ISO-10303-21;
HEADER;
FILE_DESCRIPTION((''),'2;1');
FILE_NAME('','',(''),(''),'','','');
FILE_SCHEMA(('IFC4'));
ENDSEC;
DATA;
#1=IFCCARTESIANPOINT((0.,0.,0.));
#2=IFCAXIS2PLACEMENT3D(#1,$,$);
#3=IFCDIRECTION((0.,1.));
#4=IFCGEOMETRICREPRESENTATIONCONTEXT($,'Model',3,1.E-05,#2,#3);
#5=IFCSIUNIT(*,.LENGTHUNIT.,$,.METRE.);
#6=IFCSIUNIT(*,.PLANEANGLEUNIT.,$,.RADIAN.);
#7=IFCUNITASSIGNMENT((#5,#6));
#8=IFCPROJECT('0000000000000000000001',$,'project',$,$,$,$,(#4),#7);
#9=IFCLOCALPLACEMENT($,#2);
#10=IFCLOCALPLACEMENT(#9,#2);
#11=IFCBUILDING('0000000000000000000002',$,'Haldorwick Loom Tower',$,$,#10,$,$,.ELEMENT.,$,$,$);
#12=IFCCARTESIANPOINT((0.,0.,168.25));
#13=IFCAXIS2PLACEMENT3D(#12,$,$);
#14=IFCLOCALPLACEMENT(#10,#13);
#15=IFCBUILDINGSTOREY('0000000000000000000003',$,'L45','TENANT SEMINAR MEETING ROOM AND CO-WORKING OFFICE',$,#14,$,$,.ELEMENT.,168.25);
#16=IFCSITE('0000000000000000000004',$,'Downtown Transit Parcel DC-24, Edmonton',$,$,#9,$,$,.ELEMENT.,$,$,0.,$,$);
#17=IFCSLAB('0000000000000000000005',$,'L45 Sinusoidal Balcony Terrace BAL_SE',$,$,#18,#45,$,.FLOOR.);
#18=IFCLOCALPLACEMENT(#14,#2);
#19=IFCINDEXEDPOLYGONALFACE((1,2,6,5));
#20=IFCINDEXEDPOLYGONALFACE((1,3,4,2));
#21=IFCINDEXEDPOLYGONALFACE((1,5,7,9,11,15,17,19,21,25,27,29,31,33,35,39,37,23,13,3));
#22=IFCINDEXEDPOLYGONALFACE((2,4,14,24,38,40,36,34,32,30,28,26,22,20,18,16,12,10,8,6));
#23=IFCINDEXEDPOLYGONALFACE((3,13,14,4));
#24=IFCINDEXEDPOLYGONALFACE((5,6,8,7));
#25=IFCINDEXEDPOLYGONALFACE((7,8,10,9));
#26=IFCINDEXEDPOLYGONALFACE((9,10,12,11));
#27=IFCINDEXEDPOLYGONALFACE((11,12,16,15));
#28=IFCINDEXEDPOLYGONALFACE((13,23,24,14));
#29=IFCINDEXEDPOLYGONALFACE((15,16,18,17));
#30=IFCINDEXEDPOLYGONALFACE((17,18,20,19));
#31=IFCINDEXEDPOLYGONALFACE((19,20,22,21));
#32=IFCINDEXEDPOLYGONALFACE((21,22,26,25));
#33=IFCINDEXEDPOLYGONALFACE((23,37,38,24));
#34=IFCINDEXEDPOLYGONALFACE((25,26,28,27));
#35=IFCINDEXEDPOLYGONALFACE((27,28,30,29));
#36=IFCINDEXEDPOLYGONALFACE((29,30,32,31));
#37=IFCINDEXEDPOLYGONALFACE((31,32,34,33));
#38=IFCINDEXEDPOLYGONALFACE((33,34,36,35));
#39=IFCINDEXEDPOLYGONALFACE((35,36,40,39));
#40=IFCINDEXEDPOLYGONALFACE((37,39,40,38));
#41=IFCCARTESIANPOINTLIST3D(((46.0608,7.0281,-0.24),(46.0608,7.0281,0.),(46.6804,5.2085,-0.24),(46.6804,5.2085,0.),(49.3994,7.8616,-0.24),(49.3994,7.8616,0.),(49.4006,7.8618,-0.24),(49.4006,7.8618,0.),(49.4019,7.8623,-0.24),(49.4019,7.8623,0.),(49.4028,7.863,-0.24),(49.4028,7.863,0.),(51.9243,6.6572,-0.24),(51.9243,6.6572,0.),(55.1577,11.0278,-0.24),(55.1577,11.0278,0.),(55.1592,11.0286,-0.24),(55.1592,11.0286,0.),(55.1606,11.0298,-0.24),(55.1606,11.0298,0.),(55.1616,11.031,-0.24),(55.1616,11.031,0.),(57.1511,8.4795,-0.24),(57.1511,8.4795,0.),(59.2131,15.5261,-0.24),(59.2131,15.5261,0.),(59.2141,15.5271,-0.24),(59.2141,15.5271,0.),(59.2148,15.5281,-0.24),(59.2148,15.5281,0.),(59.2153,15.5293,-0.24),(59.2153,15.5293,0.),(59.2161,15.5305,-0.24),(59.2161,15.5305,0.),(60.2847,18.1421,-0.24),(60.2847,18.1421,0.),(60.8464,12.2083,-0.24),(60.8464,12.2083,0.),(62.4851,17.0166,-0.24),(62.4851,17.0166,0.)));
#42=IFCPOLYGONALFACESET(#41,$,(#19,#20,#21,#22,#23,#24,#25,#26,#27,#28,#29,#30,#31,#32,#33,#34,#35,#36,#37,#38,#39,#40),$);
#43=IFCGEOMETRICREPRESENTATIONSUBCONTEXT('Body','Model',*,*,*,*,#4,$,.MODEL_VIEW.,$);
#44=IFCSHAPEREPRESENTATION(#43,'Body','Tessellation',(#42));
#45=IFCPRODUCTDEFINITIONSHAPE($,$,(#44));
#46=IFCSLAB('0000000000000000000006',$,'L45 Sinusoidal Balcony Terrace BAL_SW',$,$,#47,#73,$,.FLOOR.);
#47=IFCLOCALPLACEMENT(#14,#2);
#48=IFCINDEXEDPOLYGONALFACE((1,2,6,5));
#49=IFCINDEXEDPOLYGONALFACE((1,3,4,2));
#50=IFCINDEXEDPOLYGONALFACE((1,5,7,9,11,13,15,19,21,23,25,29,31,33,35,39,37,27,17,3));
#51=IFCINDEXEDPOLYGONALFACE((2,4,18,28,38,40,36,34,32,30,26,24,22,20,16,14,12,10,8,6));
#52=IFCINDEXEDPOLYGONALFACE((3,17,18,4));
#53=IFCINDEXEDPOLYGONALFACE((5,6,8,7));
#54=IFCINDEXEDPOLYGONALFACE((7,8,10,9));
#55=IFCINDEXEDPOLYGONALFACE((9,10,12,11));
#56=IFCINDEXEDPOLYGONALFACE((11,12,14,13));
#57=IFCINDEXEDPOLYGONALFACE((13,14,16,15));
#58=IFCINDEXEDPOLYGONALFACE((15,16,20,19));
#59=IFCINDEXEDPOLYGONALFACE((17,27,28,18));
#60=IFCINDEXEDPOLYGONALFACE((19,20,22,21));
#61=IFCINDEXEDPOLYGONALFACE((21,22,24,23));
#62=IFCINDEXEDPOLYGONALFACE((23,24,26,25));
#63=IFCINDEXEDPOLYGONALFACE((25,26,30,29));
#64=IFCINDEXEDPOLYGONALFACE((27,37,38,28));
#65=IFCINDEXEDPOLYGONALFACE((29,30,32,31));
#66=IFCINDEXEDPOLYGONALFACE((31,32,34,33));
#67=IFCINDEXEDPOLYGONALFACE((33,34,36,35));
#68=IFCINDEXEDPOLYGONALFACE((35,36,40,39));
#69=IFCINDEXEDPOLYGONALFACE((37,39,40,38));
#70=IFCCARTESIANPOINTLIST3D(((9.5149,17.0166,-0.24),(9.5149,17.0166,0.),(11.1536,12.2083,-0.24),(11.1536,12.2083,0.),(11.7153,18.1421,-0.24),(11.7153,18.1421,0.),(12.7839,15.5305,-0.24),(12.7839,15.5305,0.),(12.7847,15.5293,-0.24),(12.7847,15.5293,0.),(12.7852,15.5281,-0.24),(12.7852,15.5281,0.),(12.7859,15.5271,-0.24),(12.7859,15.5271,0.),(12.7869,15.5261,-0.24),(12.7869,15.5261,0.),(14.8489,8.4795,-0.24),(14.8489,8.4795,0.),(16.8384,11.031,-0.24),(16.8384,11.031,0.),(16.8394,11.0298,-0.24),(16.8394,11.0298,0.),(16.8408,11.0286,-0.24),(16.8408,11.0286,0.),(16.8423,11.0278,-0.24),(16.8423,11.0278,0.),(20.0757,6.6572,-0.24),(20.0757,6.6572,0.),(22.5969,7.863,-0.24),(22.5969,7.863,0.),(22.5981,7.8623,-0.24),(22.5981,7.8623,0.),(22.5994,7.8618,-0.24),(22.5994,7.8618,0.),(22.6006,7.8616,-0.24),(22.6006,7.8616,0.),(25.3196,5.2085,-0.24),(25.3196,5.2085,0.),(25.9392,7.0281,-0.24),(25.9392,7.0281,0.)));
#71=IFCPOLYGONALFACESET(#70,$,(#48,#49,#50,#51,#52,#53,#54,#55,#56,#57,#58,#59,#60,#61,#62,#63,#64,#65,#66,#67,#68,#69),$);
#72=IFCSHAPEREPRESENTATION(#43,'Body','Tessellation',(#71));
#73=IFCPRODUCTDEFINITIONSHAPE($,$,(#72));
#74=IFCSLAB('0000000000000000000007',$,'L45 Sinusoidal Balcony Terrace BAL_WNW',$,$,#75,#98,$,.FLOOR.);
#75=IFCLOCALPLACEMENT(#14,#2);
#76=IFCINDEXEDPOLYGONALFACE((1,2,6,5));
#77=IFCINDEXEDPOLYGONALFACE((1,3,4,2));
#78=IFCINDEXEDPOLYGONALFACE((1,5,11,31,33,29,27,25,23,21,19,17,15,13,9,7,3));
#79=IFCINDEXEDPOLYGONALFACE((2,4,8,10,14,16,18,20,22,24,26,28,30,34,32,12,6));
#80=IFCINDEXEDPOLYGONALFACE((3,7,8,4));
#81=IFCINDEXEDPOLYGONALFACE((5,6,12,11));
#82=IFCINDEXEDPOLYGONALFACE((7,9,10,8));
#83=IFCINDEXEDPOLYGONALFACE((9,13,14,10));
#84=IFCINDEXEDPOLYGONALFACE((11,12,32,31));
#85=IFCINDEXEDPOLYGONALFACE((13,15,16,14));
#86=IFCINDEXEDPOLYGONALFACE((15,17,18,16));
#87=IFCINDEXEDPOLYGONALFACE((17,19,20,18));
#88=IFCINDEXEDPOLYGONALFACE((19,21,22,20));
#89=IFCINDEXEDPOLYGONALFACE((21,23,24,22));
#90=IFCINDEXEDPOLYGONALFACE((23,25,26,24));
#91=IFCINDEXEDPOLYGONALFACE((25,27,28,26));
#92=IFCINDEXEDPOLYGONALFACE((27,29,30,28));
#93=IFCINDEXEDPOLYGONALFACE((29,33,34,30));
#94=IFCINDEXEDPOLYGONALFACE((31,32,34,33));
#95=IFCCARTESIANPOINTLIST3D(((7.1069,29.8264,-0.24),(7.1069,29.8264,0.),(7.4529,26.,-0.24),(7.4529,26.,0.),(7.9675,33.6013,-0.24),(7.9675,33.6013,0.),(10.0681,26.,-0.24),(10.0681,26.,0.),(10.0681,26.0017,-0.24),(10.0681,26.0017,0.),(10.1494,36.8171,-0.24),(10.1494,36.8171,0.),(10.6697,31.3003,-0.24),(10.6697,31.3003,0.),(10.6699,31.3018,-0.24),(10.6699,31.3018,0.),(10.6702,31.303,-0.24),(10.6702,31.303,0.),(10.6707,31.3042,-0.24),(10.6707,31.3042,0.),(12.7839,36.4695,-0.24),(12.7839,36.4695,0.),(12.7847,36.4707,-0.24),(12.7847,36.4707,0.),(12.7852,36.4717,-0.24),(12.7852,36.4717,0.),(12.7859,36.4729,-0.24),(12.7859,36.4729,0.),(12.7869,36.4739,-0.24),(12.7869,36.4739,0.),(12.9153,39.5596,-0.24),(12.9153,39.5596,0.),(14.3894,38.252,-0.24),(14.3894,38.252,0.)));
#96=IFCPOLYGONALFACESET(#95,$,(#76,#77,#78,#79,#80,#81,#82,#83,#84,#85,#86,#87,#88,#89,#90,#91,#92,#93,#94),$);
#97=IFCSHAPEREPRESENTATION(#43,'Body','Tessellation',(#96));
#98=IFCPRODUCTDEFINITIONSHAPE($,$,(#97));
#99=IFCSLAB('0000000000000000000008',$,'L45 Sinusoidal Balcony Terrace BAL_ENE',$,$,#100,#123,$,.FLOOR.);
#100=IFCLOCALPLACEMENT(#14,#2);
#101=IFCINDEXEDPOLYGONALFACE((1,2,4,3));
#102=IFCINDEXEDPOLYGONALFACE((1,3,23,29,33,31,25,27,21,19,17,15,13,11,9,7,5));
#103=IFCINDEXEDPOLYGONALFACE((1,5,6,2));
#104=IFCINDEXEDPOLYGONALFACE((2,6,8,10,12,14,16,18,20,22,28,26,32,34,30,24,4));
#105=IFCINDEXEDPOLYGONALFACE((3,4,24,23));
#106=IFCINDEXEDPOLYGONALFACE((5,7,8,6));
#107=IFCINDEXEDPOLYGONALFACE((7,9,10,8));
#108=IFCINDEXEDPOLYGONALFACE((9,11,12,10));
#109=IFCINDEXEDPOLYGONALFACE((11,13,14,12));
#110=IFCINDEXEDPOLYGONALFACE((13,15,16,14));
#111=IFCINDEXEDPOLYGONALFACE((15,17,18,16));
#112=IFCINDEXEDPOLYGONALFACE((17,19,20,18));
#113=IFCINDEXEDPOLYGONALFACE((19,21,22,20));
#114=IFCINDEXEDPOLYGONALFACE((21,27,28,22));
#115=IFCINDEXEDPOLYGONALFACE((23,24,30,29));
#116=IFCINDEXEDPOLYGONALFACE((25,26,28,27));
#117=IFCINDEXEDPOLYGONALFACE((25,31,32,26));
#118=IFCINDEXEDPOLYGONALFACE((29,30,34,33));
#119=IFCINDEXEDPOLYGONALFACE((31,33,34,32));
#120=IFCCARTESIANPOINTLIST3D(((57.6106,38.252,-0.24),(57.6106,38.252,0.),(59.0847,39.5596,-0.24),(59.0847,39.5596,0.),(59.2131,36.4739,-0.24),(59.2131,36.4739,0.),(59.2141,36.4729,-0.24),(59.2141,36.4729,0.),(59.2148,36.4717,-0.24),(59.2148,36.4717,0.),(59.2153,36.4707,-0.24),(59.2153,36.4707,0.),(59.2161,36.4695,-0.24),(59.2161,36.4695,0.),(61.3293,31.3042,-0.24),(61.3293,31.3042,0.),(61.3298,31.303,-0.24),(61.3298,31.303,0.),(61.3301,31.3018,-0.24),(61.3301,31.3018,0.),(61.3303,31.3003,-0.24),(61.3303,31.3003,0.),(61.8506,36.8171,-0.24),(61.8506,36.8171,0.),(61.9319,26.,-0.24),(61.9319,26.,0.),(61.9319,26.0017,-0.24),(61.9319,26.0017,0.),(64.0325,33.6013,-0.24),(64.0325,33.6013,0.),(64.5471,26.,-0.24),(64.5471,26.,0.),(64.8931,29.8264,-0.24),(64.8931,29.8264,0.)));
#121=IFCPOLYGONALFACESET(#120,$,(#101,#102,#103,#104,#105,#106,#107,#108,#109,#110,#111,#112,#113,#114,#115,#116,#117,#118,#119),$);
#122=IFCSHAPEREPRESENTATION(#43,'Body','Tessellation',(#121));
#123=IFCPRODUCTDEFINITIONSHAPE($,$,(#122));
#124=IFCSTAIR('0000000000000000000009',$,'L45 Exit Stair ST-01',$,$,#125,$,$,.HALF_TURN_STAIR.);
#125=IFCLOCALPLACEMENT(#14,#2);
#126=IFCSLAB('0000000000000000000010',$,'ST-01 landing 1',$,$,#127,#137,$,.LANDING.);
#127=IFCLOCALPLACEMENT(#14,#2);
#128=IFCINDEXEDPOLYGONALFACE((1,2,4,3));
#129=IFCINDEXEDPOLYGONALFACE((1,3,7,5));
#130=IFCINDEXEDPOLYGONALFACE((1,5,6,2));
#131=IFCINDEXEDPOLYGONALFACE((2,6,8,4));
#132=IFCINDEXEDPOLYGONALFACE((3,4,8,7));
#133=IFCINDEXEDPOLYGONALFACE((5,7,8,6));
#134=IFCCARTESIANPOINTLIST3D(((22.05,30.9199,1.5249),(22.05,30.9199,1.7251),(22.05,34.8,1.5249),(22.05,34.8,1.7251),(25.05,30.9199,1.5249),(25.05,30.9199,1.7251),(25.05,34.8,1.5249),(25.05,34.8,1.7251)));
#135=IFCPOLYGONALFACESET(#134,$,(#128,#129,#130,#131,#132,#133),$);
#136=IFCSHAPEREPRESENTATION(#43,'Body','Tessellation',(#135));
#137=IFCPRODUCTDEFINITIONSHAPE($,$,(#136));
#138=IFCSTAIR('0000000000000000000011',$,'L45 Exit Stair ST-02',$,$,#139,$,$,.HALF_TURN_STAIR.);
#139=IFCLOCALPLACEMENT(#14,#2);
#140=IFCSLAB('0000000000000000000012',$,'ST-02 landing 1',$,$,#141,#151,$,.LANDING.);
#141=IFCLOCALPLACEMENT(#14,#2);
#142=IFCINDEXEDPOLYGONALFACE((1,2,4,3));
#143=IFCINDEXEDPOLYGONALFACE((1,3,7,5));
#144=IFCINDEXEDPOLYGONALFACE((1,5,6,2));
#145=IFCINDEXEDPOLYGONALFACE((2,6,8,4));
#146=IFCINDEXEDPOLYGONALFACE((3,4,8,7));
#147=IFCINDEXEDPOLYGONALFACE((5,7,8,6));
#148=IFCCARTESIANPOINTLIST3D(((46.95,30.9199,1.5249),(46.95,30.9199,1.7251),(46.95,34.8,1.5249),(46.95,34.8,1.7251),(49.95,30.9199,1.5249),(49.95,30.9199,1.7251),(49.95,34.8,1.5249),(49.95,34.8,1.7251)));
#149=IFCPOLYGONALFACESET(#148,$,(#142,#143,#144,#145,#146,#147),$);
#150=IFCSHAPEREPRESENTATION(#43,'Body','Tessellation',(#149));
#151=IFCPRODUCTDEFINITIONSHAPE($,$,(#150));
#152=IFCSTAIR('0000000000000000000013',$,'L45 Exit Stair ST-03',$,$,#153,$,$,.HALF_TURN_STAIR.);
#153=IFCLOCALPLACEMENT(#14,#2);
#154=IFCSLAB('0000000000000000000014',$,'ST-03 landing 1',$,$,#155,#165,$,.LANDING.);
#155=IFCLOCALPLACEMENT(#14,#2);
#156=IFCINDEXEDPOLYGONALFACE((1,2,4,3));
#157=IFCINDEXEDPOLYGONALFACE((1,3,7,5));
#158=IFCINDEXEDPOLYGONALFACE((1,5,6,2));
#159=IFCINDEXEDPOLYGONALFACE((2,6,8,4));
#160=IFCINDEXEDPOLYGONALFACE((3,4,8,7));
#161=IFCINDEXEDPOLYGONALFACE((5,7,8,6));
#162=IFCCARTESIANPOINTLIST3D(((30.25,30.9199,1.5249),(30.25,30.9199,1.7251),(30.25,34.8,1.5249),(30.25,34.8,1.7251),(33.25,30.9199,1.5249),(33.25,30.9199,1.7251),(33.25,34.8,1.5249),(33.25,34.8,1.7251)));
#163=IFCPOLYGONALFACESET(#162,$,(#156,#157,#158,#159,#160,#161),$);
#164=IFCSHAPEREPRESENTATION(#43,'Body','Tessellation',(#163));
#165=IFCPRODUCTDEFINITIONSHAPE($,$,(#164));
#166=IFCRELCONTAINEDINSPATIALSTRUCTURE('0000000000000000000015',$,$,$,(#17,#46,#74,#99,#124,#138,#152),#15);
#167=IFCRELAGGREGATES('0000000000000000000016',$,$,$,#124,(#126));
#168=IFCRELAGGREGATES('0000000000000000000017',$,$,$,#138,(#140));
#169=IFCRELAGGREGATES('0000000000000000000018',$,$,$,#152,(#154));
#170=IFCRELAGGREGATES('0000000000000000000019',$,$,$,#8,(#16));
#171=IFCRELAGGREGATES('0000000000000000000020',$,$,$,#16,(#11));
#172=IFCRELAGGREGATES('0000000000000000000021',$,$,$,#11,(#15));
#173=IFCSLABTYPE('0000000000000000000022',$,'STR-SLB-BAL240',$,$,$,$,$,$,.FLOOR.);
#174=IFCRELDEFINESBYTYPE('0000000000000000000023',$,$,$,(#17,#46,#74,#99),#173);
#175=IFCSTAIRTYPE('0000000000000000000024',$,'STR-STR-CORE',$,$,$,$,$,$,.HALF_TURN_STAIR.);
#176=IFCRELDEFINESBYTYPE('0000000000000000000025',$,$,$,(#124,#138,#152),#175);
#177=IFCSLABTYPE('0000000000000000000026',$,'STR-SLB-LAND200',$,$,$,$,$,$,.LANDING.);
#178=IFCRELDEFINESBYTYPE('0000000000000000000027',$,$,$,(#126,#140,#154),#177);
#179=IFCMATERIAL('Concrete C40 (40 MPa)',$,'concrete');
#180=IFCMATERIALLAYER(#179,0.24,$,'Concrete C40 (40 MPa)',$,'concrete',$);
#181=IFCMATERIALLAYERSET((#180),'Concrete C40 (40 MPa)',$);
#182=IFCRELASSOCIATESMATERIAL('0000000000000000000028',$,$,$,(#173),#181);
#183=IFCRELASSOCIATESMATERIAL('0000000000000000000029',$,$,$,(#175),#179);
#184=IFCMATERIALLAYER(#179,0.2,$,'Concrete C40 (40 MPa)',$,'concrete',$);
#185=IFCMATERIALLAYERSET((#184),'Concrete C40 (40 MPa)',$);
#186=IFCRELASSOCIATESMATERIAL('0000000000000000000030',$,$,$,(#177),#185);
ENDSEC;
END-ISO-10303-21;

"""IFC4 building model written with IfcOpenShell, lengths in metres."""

from ifc_helpers import new_model, si_unit, direction, frame, origin, place, context, subcontext, project, spatial, polyline, outline, extrude, material, layer, layer_set, type_object, element, aggregate, save


model = new_model("IFC4")

# Units and contexts
model_context = context("Model", 3, precision=1e-05, world=origin(), true_north=direction((0.0, 1.0)))
body_context = subcontext(model_context, "Body", "Model", "MODEL_VIEW")
ifc_project = project(units=[si_unit("LENGTHUNIT", "METRE"), si_unit("PLANEANGLEUNIT", "RADIAN")], contexts=[model_context])

# Site, building, storey
site_placement = place(None, origin())
site = spatial("IfcSite", under=ifc_project, at=site_placement, Name="Downtown Transit Parcel DC-24, Edmonton", CompositionType="ELEMENT", RefElevation=0.0)
building_placement = place(site_placement, origin())
building = spatial("IfcBuilding", under=site, at=building_placement, Name="Haldorwick Loom Tower", CompositionType="ELEMENT")
storey_placement = place(building_placement, frame((0.0, 0.0, 168.25)))
storey = spatial("IfcBuildingStorey", under=building, at=storey_placement, Name="L45", Description="TENANT SEMINAR MEETING ROOM AND CO-WORKING OFFICE", CompositionType="ELEMENT", Elevation=168.25)

# Slabs
ifc_material_1 = material(Name="Concrete C40 (40 MPa)", Category="concrete")
ifc_layer_1 = layer(ifc_material_1, 0.24, Name="Concrete C40 (40 MPa)", Category="concrete")
ifc_layer_set_1 = layer_set([ifc_layer_1], Name="Concrete C40 (40 MPa)")
slab_type_1 = type_object("IfcSlabType", Name="STR-SLB-BAL240", PredefinedType="FLOOR", material=ifc_layer_set_1)
slab_1_placement = place(storey_placement, frame((0.0, 0.0, -0.24)))
element("IfcSlab", 1, at=slab_1_placement, inside=storey, type_object=slab_type_1, Name="L45 Sinusoidal Balcony Terrace BAL_SE", PredefinedType="FLOOR", context=body_context, shape_type="SweptSolid", body=[
    extrude(outline(polyline([(60.2847, 18.1421), (59.2161, 15.5305), (59.2153, 15.5293), (59.2148, 15.5281), (59.2141, 15.5271), (59.2131, 15.5261), (55.1616, 11.031), (55.1606, 11.0298), (55.1592, 11.0286), (55.1577, 11.0278), (49.4028, 7.863), (49.4019, 7.8623), (49.4006, 7.8618), (49.3994, 7.8616), (46.0608, 7.0281), (46.6804, 5.2085), (51.9243, 6.6572), (57.1511, 8.4795), (60.8464, 12.2083), (62.4851, 17.0166), (60.2847, 18.1421)])), origin(), (0.0, 0.0, 1.0), 0.24),
])
slab_2_placement = place(storey_placement, frame((0.0, 0.0, -0.24)))
element("IfcSlab", 2, at=slab_2_placement, inside=storey, type_object=slab_type_1, Name="L45 Sinusoidal Balcony Terrace BAL_SW", PredefinedType="FLOOR", context=body_context, shape_type="SweptSolid", body=[
    extrude(outline(polyline([(25.9392, 7.0281), (22.6006, 7.8616), (22.5994, 7.8618), (22.5981, 7.8623), (22.5969, 7.863), (16.8423, 11.0278), (16.8408, 11.0286), (16.8394, 11.0298), (16.8384, 11.031), (12.7869, 15.5261), (12.7859, 15.5271), (12.7852, 15.5281), (12.7847, 15.5293), (12.7839, 15.5305), (11.7153, 18.1421), (9.5149, 17.0166), (11.1536, 12.2083), (14.8489, 8.4795), (20.0757, 6.6572), (25.3196, 5.2085), (25.9392, 7.0281)])), origin(), (0.0, 0.0, 1.0), 0.24),
])
slab_3_placement = place(storey_placement, frame((0.0, 0.0, -0.24)))
element("IfcSlab", 3, at=slab_3_placement, inside=storey, type_object=slab_type_1, Name="L45 Sinusoidal Balcony Terrace BAL_WNW", PredefinedType="FLOOR", context=body_context, shape_type="SweptSolid", body=[
    extrude(outline(polyline([(10.0681, 26.0), (10.0681, 26.0017), (10.6697, 31.3003), (10.6699, 31.3018), (10.6702, 31.303), (10.6707, 31.3042), (12.7839, 36.4695), (12.7847, 36.4707), (12.7852, 36.4717), (12.7859, 36.4729), (12.7869, 36.4739), (14.3894, 38.252), (12.9153, 39.5596), (10.1494, 36.8171), (7.9675, 33.6013), (7.1069, 29.8264), (7.4529, 26.0), (10.0681, 26.0)])), origin(), (0.0, 0.0, 1.0), 0.24),
])
slab_4_placement = place(storey_placement, frame((0.0, 0.0, -0.24)))
element("IfcSlab", 4, at=slab_4_placement, inside=storey, type_object=slab_type_1, Name="L45 Sinusoidal Balcony Terrace BAL_ENE", PredefinedType="FLOOR", context=body_context, shape_type="SweptSolid", body=[
    extrude(outline(polyline([(57.6106, 38.252), (59.2131, 36.4739), (59.2141, 36.4729), (59.2148, 36.4717), (59.2153, 36.4707), (59.2161, 36.4695), (61.3293, 31.3042), (61.3298, 31.303), (61.3301, 31.3018), (61.3303, 31.3003), (61.9319, 26.0017), (61.9319, 26.0), (64.5471, 26.0), (64.8931, 29.8264), (64.0325, 33.6013), (61.8506, 36.8171), (59.0847, 39.5596), (57.6106, 38.252)])), origin(), (0.0, 0.0, 1.0), 0.24),
])

# Stairs, slabs
stair_type = type_object("IfcStairType", Name="STR-STR-CORE", PredefinedType="HALF_TURN_STAIR", material=ifc_material_1)
stair_1_placement = place(storey_placement, origin())
stair_1 = element("IfcStair", 5, at=stair_1_placement, inside=storey, type_object=stair_type, Name="L45 Exit Stair ST-01", PredefinedType="HALF_TURN_STAIR")
ifc_layer_2 = layer(ifc_material_1, 0.2, Name="Concrete C40 (40 MPa)", Category="concrete")
ifc_layer_set_2 = layer_set([ifc_layer_2], Name="Concrete C40 (40 MPa)")
slab_type_2 = type_object("IfcSlabType", Name="STR-SLB-LAND200", PredefinedType="LANDING", material=ifc_layer_set_2)
slab_5_placement = place(storey_placement, frame((0.0, 0.0, 1.5249)))
slab_5 = element("IfcSlab", 6, at=slab_5_placement, type_object=slab_type_2, Name="ST-01 landing 1", PredefinedType="LANDING", context=body_context, shape_type="SweptSolid", body=[
    extrude(outline(polyline([(25.05, 30.9199), (25.05, 34.8), (22.05, 34.8), (22.05, 30.9199), (25.05, 30.9199)])), origin(), (0.0, 0.0, 1.0), 0.2002),
])
aggregate(stair_1, [slab_5])
stair_2_placement = place(storey_placement, origin())
stair_2 = element("IfcStair", 7, at=stair_2_placement, inside=storey, type_object=stair_type, Name="L45 Exit Stair ST-02", PredefinedType="HALF_TURN_STAIR")
slab_6_placement = place(storey_placement, frame((0.0, 0.0, 1.5249)))
slab_6 = element("IfcSlab", 8, at=slab_6_placement, type_object=slab_type_2, Name="ST-02 landing 1", PredefinedType="LANDING", context=body_context, shape_type="SweptSolid", body=[
    extrude(outline(polyline([(49.95, 30.9199), (49.95, 34.8), (46.95, 34.8), (46.95, 30.9199), (49.95, 30.9199)])), origin(), (0.0, 0.0, 1.0), 0.2002),
])
aggregate(stair_2, [slab_6])
stair_3_placement = place(storey_placement, origin())
stair_3 = element("IfcStair", 9, at=stair_3_placement, inside=storey, type_object=stair_type, Name="L45 Exit Stair ST-03", PredefinedType="HALF_TURN_STAIR")
slab_7_placement = place(storey_placement, frame((0.0, 0.0, 1.5249)))
slab_7 = element("IfcSlab", 10, at=slab_7_placement, type_object=slab_type_2, Name="ST-03 landing 1", PredefinedType="LANDING", context=body_context, shape_type="SweptSolid", body=[
    extrude(outline(polyline([(33.25, 30.9199), (33.25, 34.8), (30.25, 34.8), (30.25, 30.9199), (33.25, 30.9199)])), origin(), (0.0, 0.0, 1.0), 0.2002),
])
aggregate(stair_3, [slab_7])

save(model, "model.ifc")
